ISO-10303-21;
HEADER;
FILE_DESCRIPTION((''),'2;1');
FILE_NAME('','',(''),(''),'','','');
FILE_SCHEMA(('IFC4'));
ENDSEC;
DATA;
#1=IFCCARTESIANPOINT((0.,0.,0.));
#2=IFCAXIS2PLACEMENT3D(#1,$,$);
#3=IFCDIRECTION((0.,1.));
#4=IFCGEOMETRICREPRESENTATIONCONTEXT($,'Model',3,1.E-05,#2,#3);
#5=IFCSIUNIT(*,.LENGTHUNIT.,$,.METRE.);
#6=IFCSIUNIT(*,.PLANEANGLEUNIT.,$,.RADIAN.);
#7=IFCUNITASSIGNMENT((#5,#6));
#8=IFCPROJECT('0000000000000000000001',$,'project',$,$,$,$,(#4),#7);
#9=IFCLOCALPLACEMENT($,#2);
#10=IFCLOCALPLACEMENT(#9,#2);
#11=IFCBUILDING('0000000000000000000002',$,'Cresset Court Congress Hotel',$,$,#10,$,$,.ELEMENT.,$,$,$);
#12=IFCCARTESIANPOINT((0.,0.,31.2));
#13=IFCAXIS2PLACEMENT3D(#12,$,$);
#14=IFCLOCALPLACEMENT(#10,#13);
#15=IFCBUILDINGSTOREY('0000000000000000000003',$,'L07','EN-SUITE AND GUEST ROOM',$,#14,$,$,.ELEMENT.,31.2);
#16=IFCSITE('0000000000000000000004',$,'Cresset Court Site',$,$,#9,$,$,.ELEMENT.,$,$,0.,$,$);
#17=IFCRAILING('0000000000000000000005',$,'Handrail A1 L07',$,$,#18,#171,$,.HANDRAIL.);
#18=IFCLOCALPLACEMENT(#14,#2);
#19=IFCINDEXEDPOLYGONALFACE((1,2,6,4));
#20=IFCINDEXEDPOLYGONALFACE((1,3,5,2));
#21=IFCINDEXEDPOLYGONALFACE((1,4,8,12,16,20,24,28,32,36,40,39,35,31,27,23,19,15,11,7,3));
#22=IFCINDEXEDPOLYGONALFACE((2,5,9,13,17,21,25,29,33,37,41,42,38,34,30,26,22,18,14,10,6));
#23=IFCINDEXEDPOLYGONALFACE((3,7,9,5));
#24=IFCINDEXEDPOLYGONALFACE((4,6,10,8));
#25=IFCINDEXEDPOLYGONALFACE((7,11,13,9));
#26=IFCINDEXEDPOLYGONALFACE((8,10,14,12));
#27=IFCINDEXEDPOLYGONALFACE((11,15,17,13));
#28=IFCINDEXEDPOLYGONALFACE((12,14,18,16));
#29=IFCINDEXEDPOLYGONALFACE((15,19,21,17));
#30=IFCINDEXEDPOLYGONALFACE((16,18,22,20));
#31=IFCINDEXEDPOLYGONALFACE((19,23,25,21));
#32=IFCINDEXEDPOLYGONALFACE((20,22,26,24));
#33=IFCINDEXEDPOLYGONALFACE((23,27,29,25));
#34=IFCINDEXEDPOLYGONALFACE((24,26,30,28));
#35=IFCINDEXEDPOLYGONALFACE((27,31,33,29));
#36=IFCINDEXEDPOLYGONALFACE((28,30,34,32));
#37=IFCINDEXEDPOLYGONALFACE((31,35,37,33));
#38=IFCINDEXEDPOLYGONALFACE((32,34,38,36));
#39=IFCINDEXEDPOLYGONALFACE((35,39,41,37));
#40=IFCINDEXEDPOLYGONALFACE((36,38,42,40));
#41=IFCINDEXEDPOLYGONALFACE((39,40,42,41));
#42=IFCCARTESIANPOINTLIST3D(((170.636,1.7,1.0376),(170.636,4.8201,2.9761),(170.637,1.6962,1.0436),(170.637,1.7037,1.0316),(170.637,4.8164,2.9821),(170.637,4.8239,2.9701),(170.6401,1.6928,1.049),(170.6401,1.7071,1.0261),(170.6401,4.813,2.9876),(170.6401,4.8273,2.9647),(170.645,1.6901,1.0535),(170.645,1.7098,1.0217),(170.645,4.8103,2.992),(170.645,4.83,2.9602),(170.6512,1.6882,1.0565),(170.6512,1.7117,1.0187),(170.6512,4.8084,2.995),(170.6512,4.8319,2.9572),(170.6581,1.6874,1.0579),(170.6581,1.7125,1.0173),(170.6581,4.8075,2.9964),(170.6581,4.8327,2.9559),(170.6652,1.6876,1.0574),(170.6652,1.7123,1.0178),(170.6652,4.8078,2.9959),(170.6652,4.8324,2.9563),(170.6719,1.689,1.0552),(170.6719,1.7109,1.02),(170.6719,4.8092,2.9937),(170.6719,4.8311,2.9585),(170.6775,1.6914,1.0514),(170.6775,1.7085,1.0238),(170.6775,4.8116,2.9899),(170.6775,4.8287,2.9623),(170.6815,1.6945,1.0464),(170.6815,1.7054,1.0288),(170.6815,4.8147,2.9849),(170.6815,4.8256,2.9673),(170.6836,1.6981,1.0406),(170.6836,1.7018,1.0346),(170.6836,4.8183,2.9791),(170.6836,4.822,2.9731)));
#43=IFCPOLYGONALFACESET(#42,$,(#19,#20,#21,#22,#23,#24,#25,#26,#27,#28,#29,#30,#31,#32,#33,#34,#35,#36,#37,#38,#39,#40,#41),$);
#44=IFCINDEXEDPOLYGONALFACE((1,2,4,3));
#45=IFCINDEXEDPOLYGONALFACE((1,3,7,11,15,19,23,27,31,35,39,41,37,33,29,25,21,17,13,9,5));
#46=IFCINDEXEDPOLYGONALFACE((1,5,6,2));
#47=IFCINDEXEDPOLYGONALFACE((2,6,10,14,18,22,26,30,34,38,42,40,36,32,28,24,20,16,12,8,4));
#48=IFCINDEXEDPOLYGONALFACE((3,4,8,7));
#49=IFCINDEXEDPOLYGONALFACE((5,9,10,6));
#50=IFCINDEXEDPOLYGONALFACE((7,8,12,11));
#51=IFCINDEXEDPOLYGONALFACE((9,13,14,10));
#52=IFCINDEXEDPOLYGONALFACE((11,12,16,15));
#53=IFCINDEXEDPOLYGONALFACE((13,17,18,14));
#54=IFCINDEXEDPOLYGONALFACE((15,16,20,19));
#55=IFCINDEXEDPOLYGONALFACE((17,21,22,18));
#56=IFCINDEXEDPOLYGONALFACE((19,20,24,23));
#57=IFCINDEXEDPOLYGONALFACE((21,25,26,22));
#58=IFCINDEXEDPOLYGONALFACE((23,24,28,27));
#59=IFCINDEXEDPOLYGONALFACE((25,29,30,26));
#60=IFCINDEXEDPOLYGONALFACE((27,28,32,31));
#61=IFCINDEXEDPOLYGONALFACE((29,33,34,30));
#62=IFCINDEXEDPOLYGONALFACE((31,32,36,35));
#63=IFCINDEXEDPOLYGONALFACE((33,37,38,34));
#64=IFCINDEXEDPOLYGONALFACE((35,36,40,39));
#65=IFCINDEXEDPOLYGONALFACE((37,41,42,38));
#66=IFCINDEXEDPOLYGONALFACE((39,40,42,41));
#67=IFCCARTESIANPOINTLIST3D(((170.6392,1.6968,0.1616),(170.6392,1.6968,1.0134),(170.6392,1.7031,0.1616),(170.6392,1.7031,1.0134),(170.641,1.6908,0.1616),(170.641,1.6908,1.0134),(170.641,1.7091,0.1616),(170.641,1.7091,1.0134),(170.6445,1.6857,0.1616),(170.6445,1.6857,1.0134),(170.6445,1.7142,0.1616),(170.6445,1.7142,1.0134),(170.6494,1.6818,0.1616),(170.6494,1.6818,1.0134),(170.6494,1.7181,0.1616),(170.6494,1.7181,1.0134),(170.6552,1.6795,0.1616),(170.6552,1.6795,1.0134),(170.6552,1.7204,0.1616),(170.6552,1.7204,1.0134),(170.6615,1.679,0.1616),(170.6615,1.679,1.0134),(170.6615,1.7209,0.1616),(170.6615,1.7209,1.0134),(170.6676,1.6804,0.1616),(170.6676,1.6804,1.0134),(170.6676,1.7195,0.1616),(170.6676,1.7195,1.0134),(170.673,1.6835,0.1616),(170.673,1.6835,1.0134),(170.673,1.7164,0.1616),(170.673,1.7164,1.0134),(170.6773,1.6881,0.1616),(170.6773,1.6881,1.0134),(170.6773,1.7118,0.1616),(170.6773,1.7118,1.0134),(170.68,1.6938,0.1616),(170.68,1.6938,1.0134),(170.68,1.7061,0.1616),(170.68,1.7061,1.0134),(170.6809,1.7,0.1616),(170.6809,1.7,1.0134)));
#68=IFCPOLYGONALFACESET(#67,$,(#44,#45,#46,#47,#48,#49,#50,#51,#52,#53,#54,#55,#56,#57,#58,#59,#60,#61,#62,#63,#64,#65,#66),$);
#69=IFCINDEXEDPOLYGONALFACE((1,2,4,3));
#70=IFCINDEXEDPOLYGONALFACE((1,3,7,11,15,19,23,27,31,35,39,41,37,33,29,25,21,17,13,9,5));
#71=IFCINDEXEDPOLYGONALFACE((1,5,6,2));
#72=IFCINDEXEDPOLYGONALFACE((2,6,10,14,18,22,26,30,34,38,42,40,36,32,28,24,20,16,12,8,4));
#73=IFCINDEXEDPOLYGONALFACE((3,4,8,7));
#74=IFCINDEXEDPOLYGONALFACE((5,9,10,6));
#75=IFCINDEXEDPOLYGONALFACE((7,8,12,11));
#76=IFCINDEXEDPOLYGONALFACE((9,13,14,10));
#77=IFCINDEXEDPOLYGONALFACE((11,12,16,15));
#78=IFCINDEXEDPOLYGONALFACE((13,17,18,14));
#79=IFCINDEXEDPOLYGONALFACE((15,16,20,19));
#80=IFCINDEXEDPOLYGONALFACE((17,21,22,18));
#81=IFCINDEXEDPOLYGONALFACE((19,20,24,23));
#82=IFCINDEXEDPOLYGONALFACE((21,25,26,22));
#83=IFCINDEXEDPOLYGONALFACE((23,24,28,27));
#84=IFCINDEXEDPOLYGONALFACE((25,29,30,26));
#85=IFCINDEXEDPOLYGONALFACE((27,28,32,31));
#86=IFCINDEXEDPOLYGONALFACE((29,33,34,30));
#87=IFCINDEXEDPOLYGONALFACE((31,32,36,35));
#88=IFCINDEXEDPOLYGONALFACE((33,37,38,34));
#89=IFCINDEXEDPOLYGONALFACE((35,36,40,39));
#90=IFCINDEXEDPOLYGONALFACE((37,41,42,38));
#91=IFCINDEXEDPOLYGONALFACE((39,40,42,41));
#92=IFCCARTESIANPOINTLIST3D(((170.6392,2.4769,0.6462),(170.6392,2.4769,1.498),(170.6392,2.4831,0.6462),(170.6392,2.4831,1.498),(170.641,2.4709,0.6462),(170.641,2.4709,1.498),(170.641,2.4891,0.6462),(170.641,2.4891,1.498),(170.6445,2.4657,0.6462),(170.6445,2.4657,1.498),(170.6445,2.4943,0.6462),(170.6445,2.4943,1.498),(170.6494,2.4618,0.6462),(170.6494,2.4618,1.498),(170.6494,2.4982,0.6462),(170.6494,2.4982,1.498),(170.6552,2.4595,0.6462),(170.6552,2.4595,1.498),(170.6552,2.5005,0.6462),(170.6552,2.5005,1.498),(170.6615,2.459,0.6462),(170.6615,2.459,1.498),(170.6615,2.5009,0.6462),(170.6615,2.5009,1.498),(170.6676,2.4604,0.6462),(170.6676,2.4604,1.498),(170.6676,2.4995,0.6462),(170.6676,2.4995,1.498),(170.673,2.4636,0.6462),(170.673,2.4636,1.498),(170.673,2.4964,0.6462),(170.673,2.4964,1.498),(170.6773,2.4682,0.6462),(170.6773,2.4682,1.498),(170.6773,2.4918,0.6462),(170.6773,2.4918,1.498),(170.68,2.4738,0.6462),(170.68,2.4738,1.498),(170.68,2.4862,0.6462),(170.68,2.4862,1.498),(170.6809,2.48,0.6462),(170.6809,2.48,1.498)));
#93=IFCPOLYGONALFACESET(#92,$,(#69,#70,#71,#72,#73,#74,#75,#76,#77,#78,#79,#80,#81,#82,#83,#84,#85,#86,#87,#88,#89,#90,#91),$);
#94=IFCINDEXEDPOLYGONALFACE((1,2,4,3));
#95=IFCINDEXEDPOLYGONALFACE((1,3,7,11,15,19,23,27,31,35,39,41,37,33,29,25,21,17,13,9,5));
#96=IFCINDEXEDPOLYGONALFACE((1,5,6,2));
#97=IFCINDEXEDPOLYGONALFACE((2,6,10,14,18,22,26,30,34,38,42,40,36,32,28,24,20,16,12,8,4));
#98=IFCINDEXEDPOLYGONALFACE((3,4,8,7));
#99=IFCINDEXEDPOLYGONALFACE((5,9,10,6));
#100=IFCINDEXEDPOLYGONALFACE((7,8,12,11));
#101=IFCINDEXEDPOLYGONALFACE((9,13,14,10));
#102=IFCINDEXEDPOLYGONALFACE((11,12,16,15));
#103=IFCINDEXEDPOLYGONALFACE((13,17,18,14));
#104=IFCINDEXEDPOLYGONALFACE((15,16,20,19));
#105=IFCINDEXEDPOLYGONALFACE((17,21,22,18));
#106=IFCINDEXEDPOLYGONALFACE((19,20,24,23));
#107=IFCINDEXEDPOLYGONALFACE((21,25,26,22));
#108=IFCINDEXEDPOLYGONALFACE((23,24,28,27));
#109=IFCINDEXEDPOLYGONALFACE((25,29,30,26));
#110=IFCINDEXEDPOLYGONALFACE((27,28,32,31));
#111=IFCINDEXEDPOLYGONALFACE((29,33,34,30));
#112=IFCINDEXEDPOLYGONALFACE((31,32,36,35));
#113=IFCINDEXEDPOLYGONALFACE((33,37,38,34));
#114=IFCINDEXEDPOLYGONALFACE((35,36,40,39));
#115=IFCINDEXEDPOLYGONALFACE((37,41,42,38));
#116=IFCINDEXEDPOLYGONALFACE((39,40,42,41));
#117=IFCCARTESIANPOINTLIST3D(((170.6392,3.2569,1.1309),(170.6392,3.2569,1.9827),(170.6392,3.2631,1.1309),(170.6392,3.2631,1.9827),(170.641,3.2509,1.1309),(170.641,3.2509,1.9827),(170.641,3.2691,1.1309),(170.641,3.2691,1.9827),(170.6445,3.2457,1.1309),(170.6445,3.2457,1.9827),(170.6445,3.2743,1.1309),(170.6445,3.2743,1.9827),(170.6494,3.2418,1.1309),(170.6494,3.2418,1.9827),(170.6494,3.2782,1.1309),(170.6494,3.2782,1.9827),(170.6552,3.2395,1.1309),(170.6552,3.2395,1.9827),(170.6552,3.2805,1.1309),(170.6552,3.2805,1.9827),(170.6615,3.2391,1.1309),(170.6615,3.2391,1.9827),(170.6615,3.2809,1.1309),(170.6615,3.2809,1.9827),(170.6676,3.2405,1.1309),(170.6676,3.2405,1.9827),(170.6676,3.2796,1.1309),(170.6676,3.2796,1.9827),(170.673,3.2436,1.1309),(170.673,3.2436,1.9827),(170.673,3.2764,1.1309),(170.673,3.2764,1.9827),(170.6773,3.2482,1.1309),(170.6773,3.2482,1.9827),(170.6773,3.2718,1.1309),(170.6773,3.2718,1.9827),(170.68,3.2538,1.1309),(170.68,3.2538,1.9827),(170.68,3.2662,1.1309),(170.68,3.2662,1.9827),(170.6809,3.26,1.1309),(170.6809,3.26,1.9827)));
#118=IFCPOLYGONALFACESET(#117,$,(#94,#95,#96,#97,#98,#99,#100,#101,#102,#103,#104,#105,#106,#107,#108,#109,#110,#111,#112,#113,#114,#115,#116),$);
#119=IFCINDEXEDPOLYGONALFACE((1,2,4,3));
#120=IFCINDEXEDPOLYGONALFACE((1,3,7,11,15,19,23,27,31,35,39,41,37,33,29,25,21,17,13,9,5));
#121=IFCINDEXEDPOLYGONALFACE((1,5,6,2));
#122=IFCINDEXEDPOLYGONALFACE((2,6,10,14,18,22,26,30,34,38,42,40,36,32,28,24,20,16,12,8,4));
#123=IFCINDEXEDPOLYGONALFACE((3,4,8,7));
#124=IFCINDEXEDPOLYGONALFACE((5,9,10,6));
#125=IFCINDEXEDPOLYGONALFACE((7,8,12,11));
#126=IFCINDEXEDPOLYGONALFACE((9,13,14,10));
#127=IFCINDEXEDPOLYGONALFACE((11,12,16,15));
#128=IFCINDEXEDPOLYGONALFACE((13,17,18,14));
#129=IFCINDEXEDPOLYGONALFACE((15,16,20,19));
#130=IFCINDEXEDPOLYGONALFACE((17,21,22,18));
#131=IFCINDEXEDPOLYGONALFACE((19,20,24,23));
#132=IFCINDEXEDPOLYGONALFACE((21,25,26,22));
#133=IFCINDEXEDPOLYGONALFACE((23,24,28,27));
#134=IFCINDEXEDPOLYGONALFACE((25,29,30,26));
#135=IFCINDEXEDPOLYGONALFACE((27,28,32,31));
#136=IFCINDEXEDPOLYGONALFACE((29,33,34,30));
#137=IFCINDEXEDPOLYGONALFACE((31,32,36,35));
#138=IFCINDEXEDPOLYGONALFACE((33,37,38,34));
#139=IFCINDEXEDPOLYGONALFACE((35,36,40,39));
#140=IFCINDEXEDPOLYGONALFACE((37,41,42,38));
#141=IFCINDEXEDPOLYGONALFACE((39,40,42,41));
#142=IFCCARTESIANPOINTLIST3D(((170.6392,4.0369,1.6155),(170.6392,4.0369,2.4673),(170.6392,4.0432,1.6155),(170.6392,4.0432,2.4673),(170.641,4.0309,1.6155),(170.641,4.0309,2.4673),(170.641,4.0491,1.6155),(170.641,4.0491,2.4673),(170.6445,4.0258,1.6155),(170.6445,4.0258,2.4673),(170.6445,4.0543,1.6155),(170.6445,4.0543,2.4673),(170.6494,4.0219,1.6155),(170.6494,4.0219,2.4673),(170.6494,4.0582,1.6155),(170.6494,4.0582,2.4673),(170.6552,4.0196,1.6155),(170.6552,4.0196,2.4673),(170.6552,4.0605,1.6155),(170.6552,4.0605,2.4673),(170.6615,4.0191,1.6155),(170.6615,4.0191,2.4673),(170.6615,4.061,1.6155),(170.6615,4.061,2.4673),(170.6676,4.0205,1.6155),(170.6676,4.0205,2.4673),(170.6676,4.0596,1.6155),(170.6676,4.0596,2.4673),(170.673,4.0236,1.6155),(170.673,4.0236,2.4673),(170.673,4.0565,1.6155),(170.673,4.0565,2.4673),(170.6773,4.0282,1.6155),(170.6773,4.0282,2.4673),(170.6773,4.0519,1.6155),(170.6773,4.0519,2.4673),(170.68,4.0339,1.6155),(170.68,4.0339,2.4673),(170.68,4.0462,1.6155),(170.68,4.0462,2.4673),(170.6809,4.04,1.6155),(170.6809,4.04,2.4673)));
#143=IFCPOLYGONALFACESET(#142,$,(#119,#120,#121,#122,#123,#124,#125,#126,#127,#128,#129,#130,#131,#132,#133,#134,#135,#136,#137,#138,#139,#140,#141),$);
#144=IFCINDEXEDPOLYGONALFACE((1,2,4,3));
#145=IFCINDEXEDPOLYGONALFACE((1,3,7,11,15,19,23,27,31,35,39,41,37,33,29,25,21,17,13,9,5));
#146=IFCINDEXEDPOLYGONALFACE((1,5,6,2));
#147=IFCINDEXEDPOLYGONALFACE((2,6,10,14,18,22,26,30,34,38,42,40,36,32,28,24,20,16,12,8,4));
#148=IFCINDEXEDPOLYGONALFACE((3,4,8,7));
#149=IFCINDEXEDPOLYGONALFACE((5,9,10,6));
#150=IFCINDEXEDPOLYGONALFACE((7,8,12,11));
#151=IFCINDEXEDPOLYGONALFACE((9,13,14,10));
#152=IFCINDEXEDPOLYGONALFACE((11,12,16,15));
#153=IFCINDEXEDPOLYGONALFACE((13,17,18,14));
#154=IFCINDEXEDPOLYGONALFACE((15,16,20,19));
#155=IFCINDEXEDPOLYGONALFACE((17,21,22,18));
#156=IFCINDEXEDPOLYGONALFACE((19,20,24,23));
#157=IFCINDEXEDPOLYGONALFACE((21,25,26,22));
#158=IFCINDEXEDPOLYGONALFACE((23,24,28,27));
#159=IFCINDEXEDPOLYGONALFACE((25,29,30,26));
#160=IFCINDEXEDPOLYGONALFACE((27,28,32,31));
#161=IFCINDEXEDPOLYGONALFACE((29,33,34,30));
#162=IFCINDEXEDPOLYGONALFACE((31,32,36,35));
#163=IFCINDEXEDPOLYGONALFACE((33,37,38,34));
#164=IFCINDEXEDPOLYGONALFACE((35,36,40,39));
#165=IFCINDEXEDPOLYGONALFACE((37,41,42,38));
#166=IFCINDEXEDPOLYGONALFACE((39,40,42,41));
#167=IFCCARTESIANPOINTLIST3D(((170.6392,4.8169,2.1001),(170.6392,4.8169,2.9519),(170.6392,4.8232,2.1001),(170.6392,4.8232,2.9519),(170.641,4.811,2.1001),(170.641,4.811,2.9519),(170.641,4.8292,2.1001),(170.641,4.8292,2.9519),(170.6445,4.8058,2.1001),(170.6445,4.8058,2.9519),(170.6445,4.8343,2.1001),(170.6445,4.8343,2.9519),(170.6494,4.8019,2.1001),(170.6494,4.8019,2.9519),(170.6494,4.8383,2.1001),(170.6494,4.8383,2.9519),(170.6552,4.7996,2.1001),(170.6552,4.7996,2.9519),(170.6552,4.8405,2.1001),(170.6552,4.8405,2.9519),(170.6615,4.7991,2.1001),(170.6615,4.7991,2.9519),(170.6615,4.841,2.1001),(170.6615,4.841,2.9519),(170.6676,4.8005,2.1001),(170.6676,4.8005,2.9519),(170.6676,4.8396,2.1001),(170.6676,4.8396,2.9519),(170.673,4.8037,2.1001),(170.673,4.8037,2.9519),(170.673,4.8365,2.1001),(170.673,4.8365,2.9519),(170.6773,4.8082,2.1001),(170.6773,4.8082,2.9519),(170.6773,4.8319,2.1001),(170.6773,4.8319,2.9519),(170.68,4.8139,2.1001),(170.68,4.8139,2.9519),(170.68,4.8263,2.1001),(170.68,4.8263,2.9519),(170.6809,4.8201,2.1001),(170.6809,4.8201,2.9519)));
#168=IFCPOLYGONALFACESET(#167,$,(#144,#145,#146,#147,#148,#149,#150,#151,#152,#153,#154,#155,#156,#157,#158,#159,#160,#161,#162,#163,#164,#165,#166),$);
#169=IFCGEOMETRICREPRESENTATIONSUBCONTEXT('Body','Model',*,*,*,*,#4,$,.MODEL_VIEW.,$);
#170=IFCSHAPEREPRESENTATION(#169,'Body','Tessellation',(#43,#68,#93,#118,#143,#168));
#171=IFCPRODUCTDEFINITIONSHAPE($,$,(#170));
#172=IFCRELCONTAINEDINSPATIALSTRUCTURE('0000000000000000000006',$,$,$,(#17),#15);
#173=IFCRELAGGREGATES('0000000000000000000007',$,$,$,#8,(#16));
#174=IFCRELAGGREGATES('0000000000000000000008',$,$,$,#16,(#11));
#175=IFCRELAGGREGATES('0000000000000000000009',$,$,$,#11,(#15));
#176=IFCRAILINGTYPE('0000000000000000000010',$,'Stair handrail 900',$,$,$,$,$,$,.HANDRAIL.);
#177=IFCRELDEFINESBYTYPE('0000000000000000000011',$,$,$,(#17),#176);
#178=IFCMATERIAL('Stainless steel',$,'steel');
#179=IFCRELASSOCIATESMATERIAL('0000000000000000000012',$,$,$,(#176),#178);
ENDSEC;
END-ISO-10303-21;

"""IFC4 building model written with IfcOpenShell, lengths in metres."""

from ifc_helpers import new_model, si_unit, direction, frame, origin, origin_2d, place, context, subcontext, project, spatial, circle, extrude, material, type_object, element, save


model = new_model("IFC4")

# Units and contexts
model_context = context("Model", 3, precision=1e-05, world=origin(), true_north=direction((0.0, 1.0)))
body_context = subcontext(model_context, "Body", "Model", "MODEL_VIEW")
ifc_project = project(units=[si_unit("LENGTHUNIT", "METRE"), si_unit("PLANEANGLEUNIT", "RADIAN")], contexts=[model_context])

# Site, building, storey
site_placement = place(None, origin())
site = spatial("IfcSite", under=ifc_project, at=site_placement, Name="Cresset Court Site", CompositionType="ELEMENT", RefElevation=0.0)
building_placement = place(site_placement, origin())
building = spatial("IfcBuilding", under=site, at=building_placement, Name="Cresset Court Congress Hotel", CompositionType="ELEMENT")
storey_placement = place(building_placement, frame((0.0, 0.0, 31.2)))
storey = spatial("IfcBuildingStorey", under=building, at=storey_placement, Name="L07", Description="EN-SUITE AND GUEST ROOM", CompositionType="ELEMENT", Elevation=31.2)

# Railing
ifc_material_1 = material(Name="Stainless steel", Category="steel")
railing_type = type_object("IfcRailingType", Name="Stair handrail 900", PredefinedType="HANDRAIL", material=ifc_material_1)
railing_placement = place(storey_placement, frame((170.6599, 1.7, 0.1616)))
element("IfcRailing", 1, at=railing_placement, inside=storey, type_object=railing_type, Name="Handrail A1 L07", PredefinedType="HANDRAIL", context=body_context, shape_type="SweptSolid", body=[
    extrude(circle(Radius=0.0239, at=origin_2d()), frame((0.0, 0.0, 0.876), z_axis=(0.0, 0.849414, 0.527727), x_axis=(-1.0, 0.0, 0.0)), (0.0, 0.0, 1.0), 3.6733),
    extrude(circle(Radius=0.021, at=origin_2d()), origin(), (0.0, 0.0, 1.0), 0.8518),
    extrude(circle(Radius=0.021, at=origin_2d()), frame((0.0, 0.78, 0.4846)), (0.0, 0.0, 1.0), 0.8518),
    extrude(circle(Radius=0.021, at=origin_2d()), frame((0.0, 1.5601, 0.9692)), (0.0, 0.0, 1.0), 0.8518),
    extrude(circle(Radius=0.021, at=origin_2d()), frame((0.0, 2.3401, 1.4539)), (0.0, 0.0, 1.0), 0.8518),
    extrude(circle(Radius=0.021, at=origin_2d()), frame((0.0, 3.1201, 1.9385)), (0.0, 0.0, 1.0), 0.8518),
])

save(model, "model.ifc")
